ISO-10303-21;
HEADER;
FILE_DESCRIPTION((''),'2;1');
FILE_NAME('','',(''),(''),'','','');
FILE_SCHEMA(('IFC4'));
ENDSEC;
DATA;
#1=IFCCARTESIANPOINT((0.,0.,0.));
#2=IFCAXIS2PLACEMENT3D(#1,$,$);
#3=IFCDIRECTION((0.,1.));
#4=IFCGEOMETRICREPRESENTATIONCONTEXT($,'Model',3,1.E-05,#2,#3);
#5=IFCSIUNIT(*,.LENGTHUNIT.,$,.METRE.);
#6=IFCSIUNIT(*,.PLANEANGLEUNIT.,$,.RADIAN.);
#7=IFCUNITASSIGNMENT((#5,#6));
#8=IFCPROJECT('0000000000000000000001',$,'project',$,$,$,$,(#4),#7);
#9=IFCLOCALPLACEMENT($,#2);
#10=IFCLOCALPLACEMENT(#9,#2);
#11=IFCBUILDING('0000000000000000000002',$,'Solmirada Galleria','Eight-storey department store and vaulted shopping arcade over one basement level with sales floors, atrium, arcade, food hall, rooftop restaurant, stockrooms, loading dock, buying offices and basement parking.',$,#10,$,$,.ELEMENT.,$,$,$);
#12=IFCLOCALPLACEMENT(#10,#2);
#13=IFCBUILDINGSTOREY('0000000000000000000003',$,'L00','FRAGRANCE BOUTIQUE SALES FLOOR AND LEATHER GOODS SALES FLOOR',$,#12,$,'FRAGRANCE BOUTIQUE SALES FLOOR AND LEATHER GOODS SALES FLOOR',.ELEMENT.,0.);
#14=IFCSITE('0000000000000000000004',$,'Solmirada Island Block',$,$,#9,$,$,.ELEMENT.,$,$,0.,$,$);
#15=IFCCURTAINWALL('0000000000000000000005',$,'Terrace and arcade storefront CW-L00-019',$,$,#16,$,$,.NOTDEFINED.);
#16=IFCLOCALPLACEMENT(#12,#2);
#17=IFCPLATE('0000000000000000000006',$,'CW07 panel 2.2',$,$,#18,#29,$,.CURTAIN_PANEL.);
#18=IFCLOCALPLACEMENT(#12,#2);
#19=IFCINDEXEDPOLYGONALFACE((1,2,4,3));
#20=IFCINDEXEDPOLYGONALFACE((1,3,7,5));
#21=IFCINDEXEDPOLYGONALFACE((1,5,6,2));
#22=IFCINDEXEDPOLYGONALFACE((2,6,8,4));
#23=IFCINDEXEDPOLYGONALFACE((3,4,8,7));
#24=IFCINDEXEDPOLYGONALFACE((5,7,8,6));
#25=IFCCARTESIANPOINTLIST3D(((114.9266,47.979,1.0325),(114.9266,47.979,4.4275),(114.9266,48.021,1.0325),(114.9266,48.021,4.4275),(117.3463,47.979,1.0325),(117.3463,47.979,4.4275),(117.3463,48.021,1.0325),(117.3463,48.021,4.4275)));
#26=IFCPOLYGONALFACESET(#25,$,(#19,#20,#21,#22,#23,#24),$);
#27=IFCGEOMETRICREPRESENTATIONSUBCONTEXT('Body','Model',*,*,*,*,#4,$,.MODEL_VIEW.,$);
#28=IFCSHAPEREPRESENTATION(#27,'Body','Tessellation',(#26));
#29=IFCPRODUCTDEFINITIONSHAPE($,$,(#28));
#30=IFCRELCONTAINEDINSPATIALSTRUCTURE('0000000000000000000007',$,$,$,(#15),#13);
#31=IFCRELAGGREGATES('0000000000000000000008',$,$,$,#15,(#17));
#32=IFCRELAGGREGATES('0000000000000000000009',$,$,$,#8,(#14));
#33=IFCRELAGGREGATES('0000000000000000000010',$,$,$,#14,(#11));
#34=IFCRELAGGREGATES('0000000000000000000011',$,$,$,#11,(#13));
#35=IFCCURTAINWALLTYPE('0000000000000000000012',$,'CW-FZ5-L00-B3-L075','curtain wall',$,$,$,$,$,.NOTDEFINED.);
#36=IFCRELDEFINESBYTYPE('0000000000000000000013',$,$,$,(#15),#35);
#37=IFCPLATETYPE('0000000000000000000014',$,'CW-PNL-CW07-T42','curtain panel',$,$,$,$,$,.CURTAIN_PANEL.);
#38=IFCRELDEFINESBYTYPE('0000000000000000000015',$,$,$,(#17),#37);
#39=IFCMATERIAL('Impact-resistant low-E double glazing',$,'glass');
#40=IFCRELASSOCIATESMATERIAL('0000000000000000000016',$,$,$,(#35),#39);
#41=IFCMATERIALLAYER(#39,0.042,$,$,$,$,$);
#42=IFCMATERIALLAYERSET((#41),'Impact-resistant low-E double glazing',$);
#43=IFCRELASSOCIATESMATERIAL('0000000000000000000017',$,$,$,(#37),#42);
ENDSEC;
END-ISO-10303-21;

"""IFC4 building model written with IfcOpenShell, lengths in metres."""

from ifc_helpers import new_model, si_unit, direction, frame, origin, origin_2d, place, context, subcontext, project, spatial, rectangle, extrude, material, layer, layer_set, type_object, element, aggregate, save


model = new_model("IFC4")

# Units and contexts
model_context = context("Model", 3, precision=1e-05, world=origin(), true_north=direction((0.0, 1.0)))
body_context = subcontext(model_context, "Body", "Model", "MODEL_VIEW")
ifc_project = project(units=[si_unit("LENGTHUNIT", "METRE"), si_unit("PLANEANGLEUNIT", "RADIAN")], contexts=[model_context])

# Site, building, storey
site_placement = place(None, origin())
site = spatial("IfcSite", under=ifc_project, at=site_placement, Name="Solmirada Island Block", CompositionType="ELEMENT", RefElevation=0.0)
building_placement = place(site_placement, origin())
building = spatial("IfcBuilding", under=site, at=building_placement, Name="Solmirada Galleria", Description="Eight-storey department store and vaulted shopping arcade over one basement level with sales floors, atrium, arcade, food hall, rooftop restaurant, stockrooms, loading dock, buying offices and basement parking.", CompositionType="ELEMENT")
storey_placement = place(building_placement, origin())
storey = spatial("IfcBuildingStorey", under=building, at=storey_placement, Name="L00", Description="FRAGRANCE BOUTIQUE SALES FLOOR AND LEATHER GOODS SALES FLOOR", LongName="FRAGRANCE BOUTIQUE SALES FLOOR AND LEATHER GOODS SALES FLOOR", CompositionType="ELEMENT", Elevation=0.0)

# Curtain wall, plate
ifc_material_1 = material(Name="Impact-resistant low-E double glazing", Category="glass")
curtain_wall_type = type_object("IfcCurtainWallType", Name="CW-FZ5-L00-B3-L075", Description="curtain wall", PredefinedType="NOTDEFINED", material=ifc_material_1)
curtain_wall_placement = place(storey_placement, origin())
curtain_wall = element("IfcCurtainWall", 1, at=curtain_wall_placement, inside=storey, type_object=curtain_wall_type, Name="Terrace and arcade storefront CW-L00-019", PredefinedType="NOTDEFINED")
ifc_layer = layer(ifc_material_1, 0.042)
ifc_layer_set = layer_set([ifc_layer], Name="Impact-resistant low-E double glazing")
plate_type = type_object("IfcPlateType", Name="CW-PNL-CW07-T42", Description="curtain panel", PredefinedType="CURTAIN_PANEL", material=ifc_layer_set)
plate_1_placement = place(storey_placement, frame((116.1365, 48.0, 1.0325), z_axis=(0.0, 0.0, 1.0), x_axis=(1.0, 0.0, 0.0)))
plate_1 = element("IfcPlate", 2, at=plate_1_placement, type_object=plate_type, Name="CW07 panel 2.2", PredefinedType="CURTAIN_PANEL", context=body_context, shape_type="SweptSolid", body=[
    extrude(rectangle(XDim=2.4197, YDim=0.042, at=origin_2d()), origin(), (0.0, 0.0, 1.0), 3.395),
])
aggregate(curtain_wall, [plate_1])

save(model, "model.ifc")
